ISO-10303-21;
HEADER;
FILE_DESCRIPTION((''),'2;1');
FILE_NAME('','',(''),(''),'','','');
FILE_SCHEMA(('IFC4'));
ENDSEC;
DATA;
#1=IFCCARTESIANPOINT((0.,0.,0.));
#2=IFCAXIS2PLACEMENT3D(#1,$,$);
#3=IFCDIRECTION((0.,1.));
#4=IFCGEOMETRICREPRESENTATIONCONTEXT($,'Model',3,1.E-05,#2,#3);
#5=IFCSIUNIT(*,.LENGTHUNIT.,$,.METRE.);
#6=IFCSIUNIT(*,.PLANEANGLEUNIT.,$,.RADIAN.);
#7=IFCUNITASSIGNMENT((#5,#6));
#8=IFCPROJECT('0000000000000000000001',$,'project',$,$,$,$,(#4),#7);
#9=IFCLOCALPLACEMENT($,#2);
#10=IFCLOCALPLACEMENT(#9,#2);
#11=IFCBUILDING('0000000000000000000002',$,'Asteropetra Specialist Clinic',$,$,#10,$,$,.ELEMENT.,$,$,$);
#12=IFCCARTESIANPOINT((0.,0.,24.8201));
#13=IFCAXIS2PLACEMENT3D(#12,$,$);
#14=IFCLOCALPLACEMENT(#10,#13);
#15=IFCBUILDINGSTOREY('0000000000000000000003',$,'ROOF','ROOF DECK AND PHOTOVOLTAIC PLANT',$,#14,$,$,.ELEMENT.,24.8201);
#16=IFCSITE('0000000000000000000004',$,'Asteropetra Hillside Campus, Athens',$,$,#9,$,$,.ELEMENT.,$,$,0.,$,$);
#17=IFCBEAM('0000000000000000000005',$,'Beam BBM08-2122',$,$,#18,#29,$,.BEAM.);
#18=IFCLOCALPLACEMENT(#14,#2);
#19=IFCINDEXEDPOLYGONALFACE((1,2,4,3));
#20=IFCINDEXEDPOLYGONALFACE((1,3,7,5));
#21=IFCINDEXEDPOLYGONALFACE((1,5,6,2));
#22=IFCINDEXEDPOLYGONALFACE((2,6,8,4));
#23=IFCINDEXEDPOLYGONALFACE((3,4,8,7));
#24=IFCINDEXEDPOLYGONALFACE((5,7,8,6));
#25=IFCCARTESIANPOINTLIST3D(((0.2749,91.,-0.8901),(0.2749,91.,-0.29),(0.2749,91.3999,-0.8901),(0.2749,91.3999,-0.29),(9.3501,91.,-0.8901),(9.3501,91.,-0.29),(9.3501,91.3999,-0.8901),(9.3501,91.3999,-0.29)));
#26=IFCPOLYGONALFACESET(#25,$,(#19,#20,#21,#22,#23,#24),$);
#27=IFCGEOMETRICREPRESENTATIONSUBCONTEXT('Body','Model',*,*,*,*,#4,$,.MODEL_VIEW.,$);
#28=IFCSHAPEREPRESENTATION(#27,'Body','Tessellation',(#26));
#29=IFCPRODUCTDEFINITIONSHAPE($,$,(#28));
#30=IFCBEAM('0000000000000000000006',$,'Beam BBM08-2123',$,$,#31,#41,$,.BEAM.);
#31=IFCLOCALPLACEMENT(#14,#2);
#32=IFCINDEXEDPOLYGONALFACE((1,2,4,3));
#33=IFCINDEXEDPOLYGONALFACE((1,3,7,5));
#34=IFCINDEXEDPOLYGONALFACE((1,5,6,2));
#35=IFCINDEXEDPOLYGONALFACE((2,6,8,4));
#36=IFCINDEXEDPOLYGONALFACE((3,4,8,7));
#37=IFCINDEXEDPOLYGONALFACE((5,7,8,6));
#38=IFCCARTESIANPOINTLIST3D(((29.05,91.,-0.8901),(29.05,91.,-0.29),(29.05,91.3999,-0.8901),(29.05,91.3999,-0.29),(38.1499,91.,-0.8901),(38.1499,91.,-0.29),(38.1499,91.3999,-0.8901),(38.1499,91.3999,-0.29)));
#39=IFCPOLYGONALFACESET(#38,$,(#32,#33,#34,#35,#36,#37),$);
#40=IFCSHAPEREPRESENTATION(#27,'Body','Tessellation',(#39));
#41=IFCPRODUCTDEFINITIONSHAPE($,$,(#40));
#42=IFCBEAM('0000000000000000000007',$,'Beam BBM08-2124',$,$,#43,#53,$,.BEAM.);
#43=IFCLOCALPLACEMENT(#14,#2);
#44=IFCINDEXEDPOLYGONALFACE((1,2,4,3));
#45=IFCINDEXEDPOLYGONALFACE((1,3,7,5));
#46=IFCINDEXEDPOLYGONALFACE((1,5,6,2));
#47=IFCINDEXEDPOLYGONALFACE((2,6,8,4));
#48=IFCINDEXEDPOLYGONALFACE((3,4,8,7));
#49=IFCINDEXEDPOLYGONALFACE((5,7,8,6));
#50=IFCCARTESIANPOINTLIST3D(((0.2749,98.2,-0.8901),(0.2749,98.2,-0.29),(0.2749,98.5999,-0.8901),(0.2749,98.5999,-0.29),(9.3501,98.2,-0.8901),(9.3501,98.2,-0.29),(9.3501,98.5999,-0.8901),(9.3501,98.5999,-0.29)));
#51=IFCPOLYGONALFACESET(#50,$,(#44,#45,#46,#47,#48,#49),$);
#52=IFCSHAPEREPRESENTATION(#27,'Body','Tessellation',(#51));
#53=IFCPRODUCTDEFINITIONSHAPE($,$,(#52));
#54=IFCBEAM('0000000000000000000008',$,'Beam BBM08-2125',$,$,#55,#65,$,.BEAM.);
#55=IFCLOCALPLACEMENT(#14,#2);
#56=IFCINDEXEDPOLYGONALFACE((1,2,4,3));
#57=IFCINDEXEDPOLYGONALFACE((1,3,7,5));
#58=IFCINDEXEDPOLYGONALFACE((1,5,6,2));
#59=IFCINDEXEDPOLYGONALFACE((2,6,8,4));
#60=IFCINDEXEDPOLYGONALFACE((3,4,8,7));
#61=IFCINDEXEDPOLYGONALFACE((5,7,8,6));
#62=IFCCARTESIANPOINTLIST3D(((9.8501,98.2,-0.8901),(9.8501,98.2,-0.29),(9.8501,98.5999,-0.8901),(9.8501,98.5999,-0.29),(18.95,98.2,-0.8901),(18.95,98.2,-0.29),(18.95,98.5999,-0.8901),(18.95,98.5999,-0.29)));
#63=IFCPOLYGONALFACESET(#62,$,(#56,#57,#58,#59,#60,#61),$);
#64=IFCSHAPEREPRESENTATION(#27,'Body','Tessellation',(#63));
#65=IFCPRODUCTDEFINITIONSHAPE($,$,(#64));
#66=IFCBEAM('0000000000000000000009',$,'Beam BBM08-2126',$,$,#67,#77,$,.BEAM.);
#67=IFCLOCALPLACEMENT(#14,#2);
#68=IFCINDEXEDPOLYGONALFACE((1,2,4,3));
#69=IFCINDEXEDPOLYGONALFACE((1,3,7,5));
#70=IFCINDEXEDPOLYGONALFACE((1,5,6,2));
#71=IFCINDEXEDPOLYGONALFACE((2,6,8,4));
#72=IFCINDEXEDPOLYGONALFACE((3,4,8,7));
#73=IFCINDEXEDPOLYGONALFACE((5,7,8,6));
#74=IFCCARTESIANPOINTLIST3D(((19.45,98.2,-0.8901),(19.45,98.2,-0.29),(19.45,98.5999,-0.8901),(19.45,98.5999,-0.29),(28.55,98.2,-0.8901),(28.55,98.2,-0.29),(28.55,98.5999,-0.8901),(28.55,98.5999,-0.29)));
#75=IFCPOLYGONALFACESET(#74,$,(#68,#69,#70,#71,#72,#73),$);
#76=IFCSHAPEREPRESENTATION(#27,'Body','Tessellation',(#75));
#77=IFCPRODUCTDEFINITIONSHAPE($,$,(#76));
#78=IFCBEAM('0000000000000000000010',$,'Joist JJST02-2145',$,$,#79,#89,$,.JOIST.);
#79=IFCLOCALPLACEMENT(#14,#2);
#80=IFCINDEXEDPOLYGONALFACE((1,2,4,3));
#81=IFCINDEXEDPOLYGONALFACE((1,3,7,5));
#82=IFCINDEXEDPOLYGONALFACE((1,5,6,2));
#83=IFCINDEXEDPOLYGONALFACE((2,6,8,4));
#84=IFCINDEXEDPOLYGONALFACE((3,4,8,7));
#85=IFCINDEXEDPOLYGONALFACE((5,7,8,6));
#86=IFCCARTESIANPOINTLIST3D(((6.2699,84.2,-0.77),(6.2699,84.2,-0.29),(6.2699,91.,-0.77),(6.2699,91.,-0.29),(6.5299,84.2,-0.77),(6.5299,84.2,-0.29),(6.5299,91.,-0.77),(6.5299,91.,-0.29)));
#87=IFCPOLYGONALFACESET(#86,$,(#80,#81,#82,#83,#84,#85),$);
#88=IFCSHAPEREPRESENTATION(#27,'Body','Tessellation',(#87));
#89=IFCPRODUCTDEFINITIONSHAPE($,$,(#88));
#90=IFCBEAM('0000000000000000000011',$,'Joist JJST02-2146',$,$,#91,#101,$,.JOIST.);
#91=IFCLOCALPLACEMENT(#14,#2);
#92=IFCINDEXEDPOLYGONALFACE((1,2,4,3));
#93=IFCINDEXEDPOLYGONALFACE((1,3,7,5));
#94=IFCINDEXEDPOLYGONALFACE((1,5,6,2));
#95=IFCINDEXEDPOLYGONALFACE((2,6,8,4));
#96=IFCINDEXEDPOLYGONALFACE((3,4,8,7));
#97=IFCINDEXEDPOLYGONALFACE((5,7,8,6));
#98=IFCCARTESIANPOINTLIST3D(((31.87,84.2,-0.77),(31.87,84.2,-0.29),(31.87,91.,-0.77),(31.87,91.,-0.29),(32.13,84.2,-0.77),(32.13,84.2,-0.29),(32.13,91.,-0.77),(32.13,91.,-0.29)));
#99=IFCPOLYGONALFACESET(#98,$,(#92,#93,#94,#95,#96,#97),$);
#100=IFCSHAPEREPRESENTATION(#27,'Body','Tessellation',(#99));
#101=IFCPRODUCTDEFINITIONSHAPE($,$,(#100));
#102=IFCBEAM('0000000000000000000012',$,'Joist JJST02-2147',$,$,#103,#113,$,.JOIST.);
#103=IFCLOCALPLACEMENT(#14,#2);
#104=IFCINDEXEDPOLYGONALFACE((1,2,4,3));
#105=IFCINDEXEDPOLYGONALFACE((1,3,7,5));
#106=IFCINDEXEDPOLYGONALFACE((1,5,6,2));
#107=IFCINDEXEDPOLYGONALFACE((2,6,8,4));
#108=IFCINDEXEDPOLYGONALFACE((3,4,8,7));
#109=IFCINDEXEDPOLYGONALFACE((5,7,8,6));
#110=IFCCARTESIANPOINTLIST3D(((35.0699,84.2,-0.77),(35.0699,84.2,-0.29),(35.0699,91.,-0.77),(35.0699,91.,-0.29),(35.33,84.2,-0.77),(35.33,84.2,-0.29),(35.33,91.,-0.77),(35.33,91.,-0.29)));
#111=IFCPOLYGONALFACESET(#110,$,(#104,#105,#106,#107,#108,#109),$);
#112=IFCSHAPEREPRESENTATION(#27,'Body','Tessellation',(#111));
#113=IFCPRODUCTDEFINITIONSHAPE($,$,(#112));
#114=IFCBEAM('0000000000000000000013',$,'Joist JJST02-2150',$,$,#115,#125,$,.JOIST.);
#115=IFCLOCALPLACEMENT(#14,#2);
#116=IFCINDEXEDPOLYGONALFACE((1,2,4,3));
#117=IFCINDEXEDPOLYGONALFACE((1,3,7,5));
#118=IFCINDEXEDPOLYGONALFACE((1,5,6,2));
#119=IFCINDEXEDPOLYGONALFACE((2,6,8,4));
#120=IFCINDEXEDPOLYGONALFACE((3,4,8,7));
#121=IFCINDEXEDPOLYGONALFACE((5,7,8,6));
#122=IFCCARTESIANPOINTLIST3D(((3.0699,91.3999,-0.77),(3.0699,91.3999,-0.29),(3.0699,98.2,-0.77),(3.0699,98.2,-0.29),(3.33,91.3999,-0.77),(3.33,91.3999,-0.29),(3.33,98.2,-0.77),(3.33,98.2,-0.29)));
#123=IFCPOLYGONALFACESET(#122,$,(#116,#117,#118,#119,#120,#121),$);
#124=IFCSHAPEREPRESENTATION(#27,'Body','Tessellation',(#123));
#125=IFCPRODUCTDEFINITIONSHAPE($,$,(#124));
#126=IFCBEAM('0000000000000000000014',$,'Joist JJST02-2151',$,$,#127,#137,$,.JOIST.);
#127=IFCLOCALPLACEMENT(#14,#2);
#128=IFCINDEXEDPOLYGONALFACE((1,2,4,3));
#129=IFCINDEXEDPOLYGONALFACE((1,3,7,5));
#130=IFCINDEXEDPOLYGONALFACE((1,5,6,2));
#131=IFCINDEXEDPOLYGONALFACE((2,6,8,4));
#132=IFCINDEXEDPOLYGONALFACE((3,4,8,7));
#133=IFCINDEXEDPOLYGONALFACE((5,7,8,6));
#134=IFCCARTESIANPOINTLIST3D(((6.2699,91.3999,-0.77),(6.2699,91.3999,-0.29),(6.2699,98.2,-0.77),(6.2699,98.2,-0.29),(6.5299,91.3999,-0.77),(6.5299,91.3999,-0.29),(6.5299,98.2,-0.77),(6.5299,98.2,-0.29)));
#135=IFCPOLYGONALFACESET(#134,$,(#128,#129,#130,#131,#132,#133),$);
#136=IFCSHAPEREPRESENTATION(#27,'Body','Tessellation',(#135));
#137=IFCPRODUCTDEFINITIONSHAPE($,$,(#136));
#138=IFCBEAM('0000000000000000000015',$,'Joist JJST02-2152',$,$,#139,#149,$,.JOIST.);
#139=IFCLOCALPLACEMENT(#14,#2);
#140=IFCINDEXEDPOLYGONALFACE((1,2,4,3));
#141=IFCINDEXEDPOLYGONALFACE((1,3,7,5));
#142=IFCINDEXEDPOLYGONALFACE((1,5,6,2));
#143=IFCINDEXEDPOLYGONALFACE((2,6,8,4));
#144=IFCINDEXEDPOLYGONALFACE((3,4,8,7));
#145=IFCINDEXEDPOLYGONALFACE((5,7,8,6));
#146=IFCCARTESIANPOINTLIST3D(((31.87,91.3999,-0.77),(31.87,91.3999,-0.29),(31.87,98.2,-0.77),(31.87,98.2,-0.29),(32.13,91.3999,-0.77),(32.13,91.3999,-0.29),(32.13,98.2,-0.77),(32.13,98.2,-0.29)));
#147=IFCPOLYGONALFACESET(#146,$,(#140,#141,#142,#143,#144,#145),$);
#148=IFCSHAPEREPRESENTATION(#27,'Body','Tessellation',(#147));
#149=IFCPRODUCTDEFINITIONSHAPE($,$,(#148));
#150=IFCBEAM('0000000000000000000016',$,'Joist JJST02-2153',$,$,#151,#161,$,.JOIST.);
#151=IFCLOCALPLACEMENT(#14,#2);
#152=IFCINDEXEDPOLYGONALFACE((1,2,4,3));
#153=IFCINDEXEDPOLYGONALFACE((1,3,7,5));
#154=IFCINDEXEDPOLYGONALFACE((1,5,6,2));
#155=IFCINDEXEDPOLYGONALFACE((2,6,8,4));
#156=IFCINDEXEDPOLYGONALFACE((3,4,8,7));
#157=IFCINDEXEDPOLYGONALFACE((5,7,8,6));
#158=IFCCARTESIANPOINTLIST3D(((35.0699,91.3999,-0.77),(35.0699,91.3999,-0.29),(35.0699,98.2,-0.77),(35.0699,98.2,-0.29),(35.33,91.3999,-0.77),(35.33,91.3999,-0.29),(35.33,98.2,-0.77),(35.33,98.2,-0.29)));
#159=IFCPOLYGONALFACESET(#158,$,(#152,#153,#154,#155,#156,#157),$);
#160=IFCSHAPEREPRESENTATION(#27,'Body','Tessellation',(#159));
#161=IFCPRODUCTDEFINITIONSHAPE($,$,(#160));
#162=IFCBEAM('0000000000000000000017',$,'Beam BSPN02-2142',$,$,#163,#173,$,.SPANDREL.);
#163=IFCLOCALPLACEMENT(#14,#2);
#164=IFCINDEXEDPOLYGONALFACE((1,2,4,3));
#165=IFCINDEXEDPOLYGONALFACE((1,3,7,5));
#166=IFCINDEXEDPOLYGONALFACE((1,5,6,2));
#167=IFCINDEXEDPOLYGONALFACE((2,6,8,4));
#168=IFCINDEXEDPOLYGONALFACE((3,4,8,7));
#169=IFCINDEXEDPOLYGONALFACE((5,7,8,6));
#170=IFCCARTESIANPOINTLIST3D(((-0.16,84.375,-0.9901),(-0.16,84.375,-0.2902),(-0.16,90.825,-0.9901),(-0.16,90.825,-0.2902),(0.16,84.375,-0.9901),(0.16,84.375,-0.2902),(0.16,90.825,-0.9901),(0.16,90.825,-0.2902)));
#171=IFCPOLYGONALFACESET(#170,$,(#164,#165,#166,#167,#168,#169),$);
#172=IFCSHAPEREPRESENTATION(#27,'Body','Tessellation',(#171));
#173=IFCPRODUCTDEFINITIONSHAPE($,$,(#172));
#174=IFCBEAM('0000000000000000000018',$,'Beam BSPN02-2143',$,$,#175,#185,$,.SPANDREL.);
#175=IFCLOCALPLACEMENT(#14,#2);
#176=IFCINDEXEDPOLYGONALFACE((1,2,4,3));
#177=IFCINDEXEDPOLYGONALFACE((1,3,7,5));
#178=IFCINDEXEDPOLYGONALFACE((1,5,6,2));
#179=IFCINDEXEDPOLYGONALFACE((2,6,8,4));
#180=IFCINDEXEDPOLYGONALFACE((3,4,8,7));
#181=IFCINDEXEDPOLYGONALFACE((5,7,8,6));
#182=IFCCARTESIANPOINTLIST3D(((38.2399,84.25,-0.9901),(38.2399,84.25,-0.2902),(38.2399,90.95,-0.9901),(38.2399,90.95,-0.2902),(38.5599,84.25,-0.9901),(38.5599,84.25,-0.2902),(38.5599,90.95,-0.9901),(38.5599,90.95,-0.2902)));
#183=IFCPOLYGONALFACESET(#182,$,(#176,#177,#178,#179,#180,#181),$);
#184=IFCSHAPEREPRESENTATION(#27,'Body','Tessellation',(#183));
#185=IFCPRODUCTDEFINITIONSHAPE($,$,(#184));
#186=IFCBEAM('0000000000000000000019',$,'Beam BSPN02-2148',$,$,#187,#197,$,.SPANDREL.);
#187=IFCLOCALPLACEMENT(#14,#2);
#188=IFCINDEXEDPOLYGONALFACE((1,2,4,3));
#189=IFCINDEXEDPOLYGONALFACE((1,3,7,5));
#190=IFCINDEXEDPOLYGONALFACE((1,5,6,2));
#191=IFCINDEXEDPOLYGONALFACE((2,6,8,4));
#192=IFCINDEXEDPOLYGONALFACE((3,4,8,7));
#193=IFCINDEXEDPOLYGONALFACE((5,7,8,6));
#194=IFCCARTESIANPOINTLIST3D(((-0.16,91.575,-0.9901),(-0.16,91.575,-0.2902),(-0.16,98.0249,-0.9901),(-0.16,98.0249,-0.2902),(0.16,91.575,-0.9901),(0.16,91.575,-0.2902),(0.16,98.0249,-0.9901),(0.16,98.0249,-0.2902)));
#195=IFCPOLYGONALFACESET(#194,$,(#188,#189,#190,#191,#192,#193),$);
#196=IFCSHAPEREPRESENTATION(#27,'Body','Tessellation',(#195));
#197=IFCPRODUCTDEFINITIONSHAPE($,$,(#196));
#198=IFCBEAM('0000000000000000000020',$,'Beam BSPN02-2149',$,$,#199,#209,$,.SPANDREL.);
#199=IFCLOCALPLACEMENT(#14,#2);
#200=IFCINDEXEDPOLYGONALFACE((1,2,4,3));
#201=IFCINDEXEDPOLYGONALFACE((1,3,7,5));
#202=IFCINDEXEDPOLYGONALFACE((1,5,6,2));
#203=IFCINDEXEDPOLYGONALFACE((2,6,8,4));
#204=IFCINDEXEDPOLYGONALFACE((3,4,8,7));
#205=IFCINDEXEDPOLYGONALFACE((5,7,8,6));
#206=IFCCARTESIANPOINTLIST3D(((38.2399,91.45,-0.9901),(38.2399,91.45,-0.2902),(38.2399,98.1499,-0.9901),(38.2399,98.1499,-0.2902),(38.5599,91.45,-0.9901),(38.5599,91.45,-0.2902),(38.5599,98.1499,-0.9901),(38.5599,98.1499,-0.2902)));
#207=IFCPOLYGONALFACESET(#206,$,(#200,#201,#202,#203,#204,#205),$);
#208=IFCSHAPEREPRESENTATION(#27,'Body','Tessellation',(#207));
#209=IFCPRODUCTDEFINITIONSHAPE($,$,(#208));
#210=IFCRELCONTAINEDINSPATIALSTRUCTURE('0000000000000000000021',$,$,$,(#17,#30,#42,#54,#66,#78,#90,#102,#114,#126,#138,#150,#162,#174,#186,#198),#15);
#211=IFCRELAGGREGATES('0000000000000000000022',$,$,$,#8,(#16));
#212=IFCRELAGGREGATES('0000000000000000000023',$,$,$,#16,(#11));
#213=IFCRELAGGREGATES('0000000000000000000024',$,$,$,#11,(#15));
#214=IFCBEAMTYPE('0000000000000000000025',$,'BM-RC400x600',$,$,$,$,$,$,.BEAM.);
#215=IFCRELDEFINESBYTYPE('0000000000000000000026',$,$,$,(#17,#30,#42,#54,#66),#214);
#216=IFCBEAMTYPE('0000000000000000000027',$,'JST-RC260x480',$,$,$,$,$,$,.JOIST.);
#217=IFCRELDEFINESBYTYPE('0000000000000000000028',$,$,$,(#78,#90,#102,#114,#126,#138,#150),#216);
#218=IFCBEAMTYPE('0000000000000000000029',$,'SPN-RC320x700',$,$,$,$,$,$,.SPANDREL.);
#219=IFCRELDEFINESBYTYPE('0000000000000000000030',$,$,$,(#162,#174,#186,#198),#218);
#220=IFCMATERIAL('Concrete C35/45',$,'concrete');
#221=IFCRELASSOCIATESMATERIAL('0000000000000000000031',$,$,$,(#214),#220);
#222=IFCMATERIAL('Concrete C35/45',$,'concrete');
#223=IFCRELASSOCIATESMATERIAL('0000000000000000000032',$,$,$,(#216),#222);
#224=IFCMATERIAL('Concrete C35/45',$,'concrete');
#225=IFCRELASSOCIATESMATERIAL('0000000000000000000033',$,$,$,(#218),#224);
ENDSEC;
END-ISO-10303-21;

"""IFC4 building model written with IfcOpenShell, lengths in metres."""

from ifc_helpers import new_model, si_unit, direction, frame, origin, origin_2d, place, context, subcontext, project, spatial, rectangle, extrude, material, material_profile, profile_set, type_object, element, save


model = new_model("IFC4")

# Units and contexts
model_context = context("Model", 3, precision=1e-05, world=origin(), true_north=direction((0.0, 1.0)))
body_context = subcontext(model_context, "Body", "Model", "MODEL_VIEW")
ifc_project = project(units=[si_unit("LENGTHUNIT", "METRE"), si_unit("PLANEANGLEUNIT", "RADIAN")], contexts=[model_context])

# Site, building, storey
site_placement = place(None, origin())
site = spatial("IfcSite", under=ifc_project, at=site_placement, Name="Asteropetra Hillside Campus, Athens", CompositionType="ELEMENT", RefElevation=0.0)
building_placement = place(site_placement, origin())
building = spatial("IfcBuilding", under=site, at=building_placement, Name="Asteropetra Specialist Clinic", CompositionType="ELEMENT")
storey_placement = place(building_placement, frame((0.0, 0.0, 24.8201)))
storey = spatial("IfcBuildingStorey", under=building, at=storey_placement, Name="ROOF", Description="ROOF DECK AND PHOTOVOLTAIC PLANT", CompositionType="ELEMENT", Elevation=24.8201)

# Beams
ifc_material_1 = material(Name="Concrete C35/45", Category="concrete")
ifc_material_profile_1 = material_profile(ifc_material_1, rectangle(XDim=0.3999, YDim=0.6001, at=origin_2d()), Name="RCB 400x600")
ifc_profile_set_1 = profile_set([ifc_material_profile_1], Name="Concrete C35/45")
beam_type_1 = type_object("IfcBeamType", Name="BM-RC400x600", PredefinedType="BEAM", material=ifc_profile_set_1)
beam_1_placement = place(storey_placement, frame((0.2749, 91.2, -0.5901), z_axis=(1.0, 0.0, 0.0), x_axis=(0.0, 1.0, 0.0)))
element("IfcBeam", 1, at=beam_1_placement, inside=storey, type_object=beam_type_1, Name="Beam BBM08-2122", PredefinedType="BEAM", context=body_context, shape_type="SweptSolid", body=[
    extrude(rectangle(XDim=0.3999, YDim=0.6001, at=origin_2d()), origin(), (0.0, 0.0, 1.0), 9.0752),
])
beam_2_placement = place(storey_placement, frame((29.05, 91.2, -0.5901), z_axis=(1.0, 0.0, 0.0), x_axis=(0.0, 1.0, 0.0)))
element("IfcBeam", 2, at=beam_2_placement, inside=storey, type_object=beam_type_1, Name="Beam BBM08-2123", PredefinedType="BEAM", context=body_context, shape_type="SweptSolid", body=[
    extrude(rectangle(XDim=0.3999, YDim=0.6001, at=origin_2d()), origin(), (0.0, 0.0, 1.0), 9.0999),
])
beam_3_placement = place(storey_placement, frame((0.2749, 98.3999, -0.5901), z_axis=(1.0, 0.0, 0.0), x_axis=(0.0, 1.0, 0.0)))
element("IfcBeam", 3, at=beam_3_placement, inside=storey, type_object=beam_type_1, Name="Beam BBM08-2124", PredefinedType="BEAM", context=body_context, shape_type="SweptSolid", body=[
    extrude(rectangle(XDim=0.3999, YDim=0.6001, at=origin_2d()), origin(), (0.0, 0.0, 1.0), 9.0752),
])
beam_4_placement = place(storey_placement, frame((9.8501, 98.3999, -0.5901), z_axis=(1.0, 0.0, 0.0), x_axis=(0.0, 1.0, 0.0)))
element("IfcBeam", 4, at=beam_4_placement, inside=storey, type_object=beam_type_1, Name="Beam BBM08-2125", PredefinedType="BEAM", context=body_context, shape_type="SweptSolid", body=[
    extrude(rectangle(XDim=0.3999, YDim=0.6001, at=origin_2d()), origin(), (0.0, 0.0, 1.0), 9.0999),
])
beam_5_placement = place(storey_placement, frame((19.45, 98.3999, -0.5901), z_axis=(1.0, 0.0, 0.0), x_axis=(0.0, 1.0, 0.0)))
element("IfcBeam", 5, at=beam_5_placement, inside=storey, type_object=beam_type_1, Name="Beam BBM08-2126", PredefinedType="BEAM", context=body_context, shape_type="SweptSolid", body=[
    extrude(rectangle(XDim=0.3999, YDim=0.6001, at=origin_2d()), origin(), (0.0, 0.0, 1.0), 9.1001),
])
ifc_material_2 = material(Name="Concrete C35/45", Category="concrete")
ifc_material_profile_2 = material_profile(ifc_material_2, rectangle(XDim=0.26, YDim=0.48, at=origin_2d()), Name="RCJ 260x480")
ifc_profile_set_2 = profile_set([ifc_material_profile_2], Name="Concrete C35/45")
beam_type_2 = type_object("IfcBeamType", Name="JST-RC260x480", PredefinedType="JOIST", material=ifc_profile_set_2)
for number, where, z_axis, x_axis, name in (
    (6, (6.3999, 84.2, -0.53), (0.0, 1.0, 0.0), (-1.0, 0.0, 0.0), "Joist JJST02-2145"),
    (7, (32.0, 84.2, -0.53), (0.0, 1.0, 0.0), (-1.0, 0.0, 0.0), "Joist JJST02-2146"),
    (8, (35.2, 84.2, -0.53), (0.0, 1.0, 0.0), (-1.0, 0.0, 0.0), "Joist JJST02-2147"),
    (9, (3.2, 91.3999, -0.53), (0.0, 1.0, 0.0), (-1.0, 0.0, 0.0), "Joist JJST02-2150"),
    (10, (6.3999, 91.3999, -0.53), (0.0, 1.0, 0.0), (-1.0, 0.0, 0.0), "Joist JJST02-2151"),
    (11, (32.0, 91.3999, -0.53), (0.0, 1.0, 0.0), (-1.0, 0.0, 0.0), "Joist JJST02-2152"),
    (12, (35.2, 91.3999, -0.53), (0.0, 1.0, 0.0), (-1.0, 0.0, 0.0), "Joist JJST02-2153"),
):
    element("IfcBeam", number, at=place(storey_placement, frame(where, z_axis=z_axis, x_axis=x_axis)), inside=storey, type_object=beam_type_2, Name=name, PredefinedType="JOIST", context=body_context, shape_type="SweptSolid", body=[
        extrude(rectangle(XDim=0.26, YDim=0.48, at=origin_2d()), origin(), (0.0, 0.0, 1.0), 6.8),
    ])
ifc_material_3 = material(Name="Concrete C35/45", Category="concrete")
ifc_material_profile_3 = material_profile(ifc_material_3, rectangle(XDim=0.3201, YDim=0.7, at=origin_2d()), Name="RCS 320x700")
ifc_profile_set_3 = profile_set([ifc_material_profile_3], Name="Concrete C35/45")
beam_type_3 = type_object("IfcBeamType", Name="SPN-RC320x700", PredefinedType="SPANDREL", material=ifc_profile_set_3)
beam_6_placement = place(storey_placement, frame((0.0, 84.375, -0.6401), z_axis=(0.0, 1.0, 0.0), x_axis=(-1.0, 0.0, 0.0)))
element("IfcBeam", 13, at=beam_6_placement, inside=storey, type_object=beam_type_3, Name="Beam BSPN02-2142", PredefinedType="SPANDREL", context=body_context, shape_type="SweptSolid", body=[
    extrude(rectangle(XDim=0.3201, YDim=0.7, at=origin_2d()), origin(), (0.0, 0.0, 1.0), 6.45),
])
beam_7_placement = place(storey_placement, frame((38.3999, 84.25, -0.6401), z_axis=(0.0, 1.0, 0.0), x_axis=(-1.0, 0.0, 0.0)))
element("IfcBeam", 14, at=beam_7_placement, inside=storey, type_object=beam_type_3, Name="Beam BSPN02-2143", PredefinedType="SPANDREL", context=body_context, shape_type="SweptSolid", body=[
    extrude(rectangle(XDim=0.3201, YDim=0.7, at=origin_2d()), origin(), (0.0, 0.0, 1.0), 6.7),
])
beam_8_placement = place(storey_placement, frame((0.0, 91.575, -0.6401), z_axis=(0.0, 1.0, 0.0), x_axis=(-1.0, 0.0, 0.0)))
element("IfcBeam", 15, at=beam_8_placement, inside=storey, type_object=beam_type_3, Name="Beam BSPN02-2148", PredefinedType="SPANDREL", context=body_context, shape_type="SweptSolid", body=[
    extrude(rectangle(XDim=0.3201, YDim=0.7, at=origin_2d()), origin(), (0.0, 0.0, 1.0), 6.45),
])
beam_9_placement = place(storey_placement, frame((38.3999, 91.45, -0.6401), z_axis=(0.0, 1.0, 0.0), x_axis=(-1.0, 0.0, 0.0)))
element("IfcBeam", 16, at=beam_9_placement, inside=storey, type_object=beam_type_3, Name="Beam BSPN02-2149", PredefinedType="SPANDREL", context=body_context, shape_type="SweptSolid", body=[
    extrude(rectangle(XDim=0.3201, YDim=0.7, at=origin_2d()), origin(), (0.0, 0.0, 1.0), 6.7),
])

save(model, "model.ifc")
